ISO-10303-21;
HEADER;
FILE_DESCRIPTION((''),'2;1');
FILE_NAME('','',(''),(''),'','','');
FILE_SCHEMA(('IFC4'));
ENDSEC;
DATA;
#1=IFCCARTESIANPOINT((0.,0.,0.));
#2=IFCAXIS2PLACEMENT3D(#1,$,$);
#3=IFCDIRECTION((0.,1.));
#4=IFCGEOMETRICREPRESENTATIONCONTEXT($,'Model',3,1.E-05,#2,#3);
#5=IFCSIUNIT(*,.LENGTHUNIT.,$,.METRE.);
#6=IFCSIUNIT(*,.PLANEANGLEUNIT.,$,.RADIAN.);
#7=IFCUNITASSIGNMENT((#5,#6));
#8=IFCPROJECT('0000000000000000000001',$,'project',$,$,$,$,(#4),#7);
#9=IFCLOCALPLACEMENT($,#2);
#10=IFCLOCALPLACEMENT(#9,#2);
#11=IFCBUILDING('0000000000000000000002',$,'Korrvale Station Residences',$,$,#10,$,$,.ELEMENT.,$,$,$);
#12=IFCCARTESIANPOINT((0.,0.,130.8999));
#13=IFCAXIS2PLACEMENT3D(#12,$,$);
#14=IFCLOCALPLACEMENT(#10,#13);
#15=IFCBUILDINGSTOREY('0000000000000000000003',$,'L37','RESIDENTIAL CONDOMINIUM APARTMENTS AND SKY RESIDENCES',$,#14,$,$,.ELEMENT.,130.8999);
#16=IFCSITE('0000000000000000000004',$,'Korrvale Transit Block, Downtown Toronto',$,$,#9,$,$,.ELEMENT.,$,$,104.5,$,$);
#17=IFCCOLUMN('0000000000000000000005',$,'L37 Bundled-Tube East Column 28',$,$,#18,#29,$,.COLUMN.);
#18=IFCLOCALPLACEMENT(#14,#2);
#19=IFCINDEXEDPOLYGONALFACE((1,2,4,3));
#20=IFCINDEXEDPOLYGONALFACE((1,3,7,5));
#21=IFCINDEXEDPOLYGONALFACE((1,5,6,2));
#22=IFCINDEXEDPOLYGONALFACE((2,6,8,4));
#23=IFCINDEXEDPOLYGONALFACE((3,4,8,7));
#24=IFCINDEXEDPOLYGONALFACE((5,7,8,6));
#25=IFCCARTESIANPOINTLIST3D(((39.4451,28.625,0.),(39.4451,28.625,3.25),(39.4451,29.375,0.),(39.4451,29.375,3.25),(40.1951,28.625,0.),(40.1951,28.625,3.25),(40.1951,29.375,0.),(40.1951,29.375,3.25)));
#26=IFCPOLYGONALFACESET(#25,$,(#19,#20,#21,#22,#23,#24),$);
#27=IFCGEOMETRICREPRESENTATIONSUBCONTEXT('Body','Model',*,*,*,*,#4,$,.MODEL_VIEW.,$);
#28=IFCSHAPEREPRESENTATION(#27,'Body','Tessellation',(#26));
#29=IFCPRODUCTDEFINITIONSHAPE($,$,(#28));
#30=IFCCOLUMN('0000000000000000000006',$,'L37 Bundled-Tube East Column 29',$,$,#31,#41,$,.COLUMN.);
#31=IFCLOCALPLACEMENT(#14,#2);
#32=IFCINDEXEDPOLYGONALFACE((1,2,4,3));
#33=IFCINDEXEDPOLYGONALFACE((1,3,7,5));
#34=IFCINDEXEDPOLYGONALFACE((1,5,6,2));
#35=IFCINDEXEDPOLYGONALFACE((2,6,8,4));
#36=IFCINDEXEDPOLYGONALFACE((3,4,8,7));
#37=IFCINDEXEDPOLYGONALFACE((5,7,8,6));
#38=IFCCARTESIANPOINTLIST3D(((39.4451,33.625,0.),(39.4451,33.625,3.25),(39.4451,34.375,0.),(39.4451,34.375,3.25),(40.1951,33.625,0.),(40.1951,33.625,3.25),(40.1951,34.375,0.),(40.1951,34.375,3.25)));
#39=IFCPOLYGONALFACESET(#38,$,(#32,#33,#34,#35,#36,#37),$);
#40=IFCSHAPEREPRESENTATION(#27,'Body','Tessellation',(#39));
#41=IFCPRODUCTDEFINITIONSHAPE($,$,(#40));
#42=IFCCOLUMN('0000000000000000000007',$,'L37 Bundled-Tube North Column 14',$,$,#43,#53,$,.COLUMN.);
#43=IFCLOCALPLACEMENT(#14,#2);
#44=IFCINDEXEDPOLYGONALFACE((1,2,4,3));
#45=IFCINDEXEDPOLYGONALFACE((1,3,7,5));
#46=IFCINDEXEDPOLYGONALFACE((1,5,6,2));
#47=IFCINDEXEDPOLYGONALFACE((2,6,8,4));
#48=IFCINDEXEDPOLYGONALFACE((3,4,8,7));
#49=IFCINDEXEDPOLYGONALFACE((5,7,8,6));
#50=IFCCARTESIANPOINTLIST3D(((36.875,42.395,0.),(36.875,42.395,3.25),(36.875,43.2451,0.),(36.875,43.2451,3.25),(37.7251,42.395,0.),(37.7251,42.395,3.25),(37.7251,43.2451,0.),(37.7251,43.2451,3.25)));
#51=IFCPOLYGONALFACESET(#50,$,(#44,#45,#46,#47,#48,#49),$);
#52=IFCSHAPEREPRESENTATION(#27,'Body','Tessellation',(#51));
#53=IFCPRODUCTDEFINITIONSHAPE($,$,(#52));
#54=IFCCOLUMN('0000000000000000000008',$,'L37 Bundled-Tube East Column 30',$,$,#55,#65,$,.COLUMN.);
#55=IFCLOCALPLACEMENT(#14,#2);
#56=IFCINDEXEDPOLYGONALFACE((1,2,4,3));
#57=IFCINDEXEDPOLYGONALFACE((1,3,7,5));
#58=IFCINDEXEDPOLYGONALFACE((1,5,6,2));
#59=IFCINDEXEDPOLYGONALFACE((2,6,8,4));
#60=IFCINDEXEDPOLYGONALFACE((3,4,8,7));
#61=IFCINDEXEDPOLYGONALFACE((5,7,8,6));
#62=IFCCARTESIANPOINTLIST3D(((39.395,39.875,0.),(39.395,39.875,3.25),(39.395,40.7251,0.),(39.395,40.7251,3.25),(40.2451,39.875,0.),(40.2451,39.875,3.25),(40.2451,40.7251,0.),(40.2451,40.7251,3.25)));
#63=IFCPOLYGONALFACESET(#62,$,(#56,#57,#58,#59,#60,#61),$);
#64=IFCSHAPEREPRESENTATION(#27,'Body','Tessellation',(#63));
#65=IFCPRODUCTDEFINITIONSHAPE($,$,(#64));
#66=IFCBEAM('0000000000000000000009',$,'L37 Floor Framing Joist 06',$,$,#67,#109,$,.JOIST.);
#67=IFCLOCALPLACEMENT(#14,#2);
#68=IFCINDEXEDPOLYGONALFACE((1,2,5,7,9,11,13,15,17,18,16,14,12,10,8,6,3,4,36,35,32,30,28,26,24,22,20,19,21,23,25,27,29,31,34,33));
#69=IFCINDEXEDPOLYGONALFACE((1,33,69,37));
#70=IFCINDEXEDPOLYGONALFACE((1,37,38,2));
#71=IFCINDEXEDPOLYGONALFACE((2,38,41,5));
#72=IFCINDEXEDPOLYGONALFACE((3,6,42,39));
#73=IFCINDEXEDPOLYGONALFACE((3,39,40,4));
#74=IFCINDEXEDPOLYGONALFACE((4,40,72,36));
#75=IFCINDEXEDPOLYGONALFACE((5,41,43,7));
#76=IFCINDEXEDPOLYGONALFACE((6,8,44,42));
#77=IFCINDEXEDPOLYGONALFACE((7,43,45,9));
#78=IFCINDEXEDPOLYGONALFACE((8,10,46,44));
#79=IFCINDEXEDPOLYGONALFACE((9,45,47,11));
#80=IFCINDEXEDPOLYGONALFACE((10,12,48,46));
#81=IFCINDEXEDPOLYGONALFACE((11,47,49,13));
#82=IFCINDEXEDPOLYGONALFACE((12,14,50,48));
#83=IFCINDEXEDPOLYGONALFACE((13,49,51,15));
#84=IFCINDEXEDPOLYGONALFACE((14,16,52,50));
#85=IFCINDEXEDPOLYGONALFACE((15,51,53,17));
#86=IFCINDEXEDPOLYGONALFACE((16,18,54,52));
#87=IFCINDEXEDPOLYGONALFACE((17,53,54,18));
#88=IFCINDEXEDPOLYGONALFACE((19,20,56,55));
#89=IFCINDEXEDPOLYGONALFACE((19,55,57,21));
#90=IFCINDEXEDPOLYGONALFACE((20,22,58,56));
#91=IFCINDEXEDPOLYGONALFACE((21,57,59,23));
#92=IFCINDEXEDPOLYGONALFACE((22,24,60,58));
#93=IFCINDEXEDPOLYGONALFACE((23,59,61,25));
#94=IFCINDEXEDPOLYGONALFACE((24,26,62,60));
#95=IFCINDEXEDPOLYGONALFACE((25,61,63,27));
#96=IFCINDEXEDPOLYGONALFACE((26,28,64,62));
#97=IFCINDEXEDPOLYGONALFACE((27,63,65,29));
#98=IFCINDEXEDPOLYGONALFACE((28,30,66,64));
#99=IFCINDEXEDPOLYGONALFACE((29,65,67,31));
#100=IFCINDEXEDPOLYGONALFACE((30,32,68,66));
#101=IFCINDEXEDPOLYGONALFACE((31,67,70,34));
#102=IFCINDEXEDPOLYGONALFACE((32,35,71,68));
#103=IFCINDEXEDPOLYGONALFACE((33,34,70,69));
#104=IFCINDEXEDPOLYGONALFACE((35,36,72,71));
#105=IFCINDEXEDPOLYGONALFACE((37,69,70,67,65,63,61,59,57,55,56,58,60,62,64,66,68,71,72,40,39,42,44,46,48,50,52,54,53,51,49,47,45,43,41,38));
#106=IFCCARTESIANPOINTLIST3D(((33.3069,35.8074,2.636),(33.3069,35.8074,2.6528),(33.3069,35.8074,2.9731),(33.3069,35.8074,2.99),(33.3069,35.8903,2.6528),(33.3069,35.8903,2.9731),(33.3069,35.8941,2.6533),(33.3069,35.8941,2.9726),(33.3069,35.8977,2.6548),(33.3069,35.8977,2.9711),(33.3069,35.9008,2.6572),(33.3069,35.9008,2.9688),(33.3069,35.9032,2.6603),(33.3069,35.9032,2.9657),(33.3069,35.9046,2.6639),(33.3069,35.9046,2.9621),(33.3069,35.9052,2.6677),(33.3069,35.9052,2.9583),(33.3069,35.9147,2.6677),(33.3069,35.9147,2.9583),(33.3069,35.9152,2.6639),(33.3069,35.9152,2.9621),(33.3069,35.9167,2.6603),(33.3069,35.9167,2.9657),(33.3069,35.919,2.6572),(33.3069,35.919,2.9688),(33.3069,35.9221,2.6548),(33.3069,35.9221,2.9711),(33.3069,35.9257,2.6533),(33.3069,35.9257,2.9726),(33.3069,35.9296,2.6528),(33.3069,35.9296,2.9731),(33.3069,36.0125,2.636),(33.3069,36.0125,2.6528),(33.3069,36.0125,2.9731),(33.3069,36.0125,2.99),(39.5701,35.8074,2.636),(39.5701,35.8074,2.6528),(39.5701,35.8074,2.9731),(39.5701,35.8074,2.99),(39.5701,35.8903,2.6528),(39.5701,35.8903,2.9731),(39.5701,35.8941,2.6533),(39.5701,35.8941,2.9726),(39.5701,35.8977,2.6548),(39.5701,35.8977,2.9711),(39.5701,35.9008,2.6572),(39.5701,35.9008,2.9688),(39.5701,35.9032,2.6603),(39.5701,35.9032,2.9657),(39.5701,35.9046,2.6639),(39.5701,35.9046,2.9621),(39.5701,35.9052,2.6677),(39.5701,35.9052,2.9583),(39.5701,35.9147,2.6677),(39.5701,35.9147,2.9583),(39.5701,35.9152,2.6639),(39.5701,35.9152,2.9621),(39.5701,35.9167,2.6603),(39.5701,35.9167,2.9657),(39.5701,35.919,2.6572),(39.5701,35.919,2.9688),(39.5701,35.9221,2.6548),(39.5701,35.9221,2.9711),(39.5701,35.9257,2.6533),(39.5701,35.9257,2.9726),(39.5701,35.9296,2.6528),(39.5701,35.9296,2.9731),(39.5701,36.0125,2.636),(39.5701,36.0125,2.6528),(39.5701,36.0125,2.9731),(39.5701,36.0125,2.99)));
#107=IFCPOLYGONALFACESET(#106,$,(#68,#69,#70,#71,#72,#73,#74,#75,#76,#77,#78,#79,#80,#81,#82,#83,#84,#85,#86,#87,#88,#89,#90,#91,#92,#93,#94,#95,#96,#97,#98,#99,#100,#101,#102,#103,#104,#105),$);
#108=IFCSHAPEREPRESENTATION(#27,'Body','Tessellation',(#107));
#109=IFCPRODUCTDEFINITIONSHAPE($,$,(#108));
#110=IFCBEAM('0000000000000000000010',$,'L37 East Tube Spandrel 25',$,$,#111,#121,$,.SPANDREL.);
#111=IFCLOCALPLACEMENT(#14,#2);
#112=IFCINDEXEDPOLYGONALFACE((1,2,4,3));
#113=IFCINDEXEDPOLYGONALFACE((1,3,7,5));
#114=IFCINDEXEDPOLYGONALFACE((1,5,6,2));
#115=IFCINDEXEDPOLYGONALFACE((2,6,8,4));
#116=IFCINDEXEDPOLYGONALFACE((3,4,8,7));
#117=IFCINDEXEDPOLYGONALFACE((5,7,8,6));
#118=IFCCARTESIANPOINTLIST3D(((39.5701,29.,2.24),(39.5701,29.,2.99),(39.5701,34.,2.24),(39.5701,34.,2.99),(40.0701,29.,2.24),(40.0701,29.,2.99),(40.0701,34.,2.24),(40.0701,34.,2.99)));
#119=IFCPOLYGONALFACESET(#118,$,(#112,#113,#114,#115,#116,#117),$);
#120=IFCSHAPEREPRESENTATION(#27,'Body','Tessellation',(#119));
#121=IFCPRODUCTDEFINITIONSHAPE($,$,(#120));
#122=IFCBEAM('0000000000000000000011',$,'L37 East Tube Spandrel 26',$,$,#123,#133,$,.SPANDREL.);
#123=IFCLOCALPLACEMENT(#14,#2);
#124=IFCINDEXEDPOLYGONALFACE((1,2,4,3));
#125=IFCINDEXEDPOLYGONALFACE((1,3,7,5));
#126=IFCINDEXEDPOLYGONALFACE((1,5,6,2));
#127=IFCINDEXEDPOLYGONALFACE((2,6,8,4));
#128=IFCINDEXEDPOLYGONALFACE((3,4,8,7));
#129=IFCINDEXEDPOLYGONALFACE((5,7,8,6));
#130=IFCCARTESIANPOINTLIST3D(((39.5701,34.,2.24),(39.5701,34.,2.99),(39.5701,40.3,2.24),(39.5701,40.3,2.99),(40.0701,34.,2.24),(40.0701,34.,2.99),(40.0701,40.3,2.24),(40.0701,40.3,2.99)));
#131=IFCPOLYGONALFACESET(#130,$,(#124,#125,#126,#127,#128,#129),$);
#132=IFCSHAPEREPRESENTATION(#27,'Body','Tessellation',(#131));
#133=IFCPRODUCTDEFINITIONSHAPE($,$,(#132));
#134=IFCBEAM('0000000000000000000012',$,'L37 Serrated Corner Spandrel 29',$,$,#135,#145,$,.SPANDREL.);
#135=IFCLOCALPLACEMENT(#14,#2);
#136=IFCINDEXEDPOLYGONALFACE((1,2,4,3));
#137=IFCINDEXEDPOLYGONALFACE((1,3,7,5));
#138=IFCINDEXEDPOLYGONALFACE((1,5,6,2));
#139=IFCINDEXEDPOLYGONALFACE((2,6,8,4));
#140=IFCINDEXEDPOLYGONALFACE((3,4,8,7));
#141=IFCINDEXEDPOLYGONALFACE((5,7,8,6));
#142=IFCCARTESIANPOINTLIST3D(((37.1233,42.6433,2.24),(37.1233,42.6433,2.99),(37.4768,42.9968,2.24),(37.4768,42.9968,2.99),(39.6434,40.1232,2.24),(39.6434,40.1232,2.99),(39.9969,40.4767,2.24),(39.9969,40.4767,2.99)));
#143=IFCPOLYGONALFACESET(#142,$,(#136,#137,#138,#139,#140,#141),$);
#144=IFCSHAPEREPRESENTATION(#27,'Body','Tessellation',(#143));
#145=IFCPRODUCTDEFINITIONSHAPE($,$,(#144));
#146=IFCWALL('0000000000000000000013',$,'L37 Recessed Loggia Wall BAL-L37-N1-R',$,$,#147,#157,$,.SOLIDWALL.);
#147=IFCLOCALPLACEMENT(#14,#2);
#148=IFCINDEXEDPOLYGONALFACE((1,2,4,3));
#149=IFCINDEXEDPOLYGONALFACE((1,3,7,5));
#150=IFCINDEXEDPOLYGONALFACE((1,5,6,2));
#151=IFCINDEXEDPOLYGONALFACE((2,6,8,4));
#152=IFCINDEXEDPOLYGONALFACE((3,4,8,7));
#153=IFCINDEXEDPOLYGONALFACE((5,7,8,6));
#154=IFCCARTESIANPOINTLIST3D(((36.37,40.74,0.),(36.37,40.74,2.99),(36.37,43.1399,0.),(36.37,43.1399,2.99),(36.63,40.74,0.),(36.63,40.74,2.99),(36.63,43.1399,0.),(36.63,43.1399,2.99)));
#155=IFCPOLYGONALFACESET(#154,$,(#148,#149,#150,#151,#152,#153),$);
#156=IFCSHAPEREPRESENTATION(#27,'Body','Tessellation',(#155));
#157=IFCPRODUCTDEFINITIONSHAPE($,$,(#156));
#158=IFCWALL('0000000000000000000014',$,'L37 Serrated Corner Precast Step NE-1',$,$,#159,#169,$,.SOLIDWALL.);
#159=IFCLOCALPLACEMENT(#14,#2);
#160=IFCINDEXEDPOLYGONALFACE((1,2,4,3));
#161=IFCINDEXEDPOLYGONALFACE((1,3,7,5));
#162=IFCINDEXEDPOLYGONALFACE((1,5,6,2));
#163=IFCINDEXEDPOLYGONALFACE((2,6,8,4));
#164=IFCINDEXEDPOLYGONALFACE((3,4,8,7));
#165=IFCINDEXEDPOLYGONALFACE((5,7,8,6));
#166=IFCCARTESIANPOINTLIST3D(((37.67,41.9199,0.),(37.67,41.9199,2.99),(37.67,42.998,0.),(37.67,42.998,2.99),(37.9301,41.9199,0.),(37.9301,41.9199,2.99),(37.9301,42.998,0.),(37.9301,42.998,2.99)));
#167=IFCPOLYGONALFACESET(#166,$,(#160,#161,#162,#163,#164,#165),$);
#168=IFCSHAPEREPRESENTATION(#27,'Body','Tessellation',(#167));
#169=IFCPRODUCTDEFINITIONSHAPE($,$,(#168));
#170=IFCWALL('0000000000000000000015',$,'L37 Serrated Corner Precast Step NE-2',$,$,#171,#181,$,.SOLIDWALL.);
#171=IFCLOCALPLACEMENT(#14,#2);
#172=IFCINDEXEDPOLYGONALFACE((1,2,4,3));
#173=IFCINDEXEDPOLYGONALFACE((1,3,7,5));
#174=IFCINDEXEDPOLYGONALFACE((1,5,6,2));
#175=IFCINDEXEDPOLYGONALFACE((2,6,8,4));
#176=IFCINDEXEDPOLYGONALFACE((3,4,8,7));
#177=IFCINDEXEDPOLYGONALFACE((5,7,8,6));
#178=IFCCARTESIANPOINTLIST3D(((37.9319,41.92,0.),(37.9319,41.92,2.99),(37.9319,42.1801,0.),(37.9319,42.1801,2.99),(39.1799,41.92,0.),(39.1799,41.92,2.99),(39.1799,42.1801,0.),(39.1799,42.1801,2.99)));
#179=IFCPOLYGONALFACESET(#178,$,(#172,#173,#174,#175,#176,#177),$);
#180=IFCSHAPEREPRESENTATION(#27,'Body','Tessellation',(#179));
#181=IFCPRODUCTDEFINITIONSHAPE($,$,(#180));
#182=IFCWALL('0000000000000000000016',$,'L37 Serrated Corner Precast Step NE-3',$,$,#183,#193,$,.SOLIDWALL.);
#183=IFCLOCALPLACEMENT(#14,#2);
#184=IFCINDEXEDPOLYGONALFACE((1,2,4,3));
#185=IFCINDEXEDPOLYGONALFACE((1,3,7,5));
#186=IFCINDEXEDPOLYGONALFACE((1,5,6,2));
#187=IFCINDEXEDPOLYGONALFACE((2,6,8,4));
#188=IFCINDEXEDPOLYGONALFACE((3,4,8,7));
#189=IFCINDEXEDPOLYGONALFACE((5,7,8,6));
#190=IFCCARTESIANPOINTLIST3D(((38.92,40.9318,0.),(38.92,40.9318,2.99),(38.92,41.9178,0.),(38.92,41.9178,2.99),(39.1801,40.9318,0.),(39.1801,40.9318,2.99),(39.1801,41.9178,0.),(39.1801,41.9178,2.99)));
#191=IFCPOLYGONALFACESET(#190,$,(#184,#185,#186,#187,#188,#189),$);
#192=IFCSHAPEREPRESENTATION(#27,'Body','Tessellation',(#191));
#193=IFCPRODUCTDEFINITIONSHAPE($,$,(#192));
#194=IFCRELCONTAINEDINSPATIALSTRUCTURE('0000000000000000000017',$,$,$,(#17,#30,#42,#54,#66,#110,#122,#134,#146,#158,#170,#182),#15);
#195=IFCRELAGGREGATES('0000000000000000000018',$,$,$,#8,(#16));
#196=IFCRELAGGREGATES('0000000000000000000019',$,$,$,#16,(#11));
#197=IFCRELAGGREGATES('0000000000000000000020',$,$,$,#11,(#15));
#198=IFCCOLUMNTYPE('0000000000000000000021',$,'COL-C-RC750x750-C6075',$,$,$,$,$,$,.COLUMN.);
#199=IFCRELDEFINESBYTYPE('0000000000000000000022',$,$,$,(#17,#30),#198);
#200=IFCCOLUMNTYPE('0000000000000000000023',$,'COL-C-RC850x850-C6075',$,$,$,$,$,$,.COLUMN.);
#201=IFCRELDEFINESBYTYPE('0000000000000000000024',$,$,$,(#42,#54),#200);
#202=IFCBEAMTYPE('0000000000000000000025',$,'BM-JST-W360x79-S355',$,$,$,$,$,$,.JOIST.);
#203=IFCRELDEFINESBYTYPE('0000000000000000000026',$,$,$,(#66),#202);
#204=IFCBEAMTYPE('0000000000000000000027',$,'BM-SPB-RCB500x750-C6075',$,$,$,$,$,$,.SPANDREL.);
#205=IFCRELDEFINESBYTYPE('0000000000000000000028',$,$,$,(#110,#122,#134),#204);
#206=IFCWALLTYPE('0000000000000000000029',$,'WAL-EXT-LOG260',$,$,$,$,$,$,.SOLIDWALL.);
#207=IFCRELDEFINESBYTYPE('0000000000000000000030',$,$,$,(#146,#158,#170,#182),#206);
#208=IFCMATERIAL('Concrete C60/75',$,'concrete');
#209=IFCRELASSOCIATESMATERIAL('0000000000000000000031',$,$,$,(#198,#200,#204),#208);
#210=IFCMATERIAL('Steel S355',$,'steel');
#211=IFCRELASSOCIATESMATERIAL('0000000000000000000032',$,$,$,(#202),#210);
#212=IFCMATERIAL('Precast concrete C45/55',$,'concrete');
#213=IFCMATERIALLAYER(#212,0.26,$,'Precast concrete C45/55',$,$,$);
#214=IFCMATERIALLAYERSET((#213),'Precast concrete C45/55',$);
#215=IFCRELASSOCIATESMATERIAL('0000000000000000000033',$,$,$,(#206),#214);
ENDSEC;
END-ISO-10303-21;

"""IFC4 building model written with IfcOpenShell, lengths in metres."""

from ifc_helpers import new_model, si_unit, direction, frame, frame_2d, origin, origin_2d, place, context, subcontext, project, spatial, rectangle, i_section, extrude, material, layer, layer_set, material_profile, profile_set, type_object, element, save


model = new_model("IFC4")

# Units and contexts
model_context = context("Model", 3, precision=1e-05, world=origin(), true_north=direction((0.0, 1.0)))
body_context = subcontext(model_context, "Body", "Model", "MODEL_VIEW")
ifc_project = project(units=[si_unit("LENGTHUNIT", "METRE"), si_unit("PLANEANGLEUNIT", "RADIAN")], contexts=[model_context])

# Site, building, storey
site_placement = place(None, origin())
site = spatial("IfcSite", under=ifc_project, at=site_placement, Name="Korrvale Transit Block, Downtown Toronto", CompositionType="ELEMENT", RefElevation=104.5)
building_placement = place(site_placement, origin())
building = spatial("IfcBuilding", under=site, at=building_placement, Name="Korrvale Station Residences", CompositionType="ELEMENT")
storey_placement = place(building_placement, frame((0.0, 0.0, 130.8999)))
storey = spatial("IfcBuildingStorey", under=building, at=storey_placement, Name="L37", Description="RESIDENTIAL CONDOMINIUM APARTMENTS AND SKY RESIDENCES", CompositionType="ELEMENT", Elevation=130.8999)

# Columns
ifc_material_1 = material(Name="Concrete C60/75", Category="concrete")
ifc_material_profile_1 = material_profile(ifc_material_1, rectangle(XDim=0.75, YDim=0.75, at=origin_2d()), Name="RC750x750")
ifc_profile_set_1 = profile_set([ifc_material_profile_1], Name="Concrete C60/75")
column_type_1 = type_object("IfcColumnType", Name="COL-C-RC750x750-C6075", PredefinedType="COLUMN", material=ifc_profile_set_1)
for number, where, z_axis, x_axis, name in (
    (1, (39.8201, 29.0, 0.0), (0.0, 0.0, 1.0), (1.0, 0.0, 0.0), "L37 Bundled-Tube East Column 28"),
    (2, (39.8201, 34.0, 0.0), (0.0, 0.0, 1.0), (1.0, 0.0, 0.0), "L37 Bundled-Tube East Column 29"),
):
    element("IfcColumn", number, at=place(storey_placement, frame(where, z_axis=z_axis, x_axis=x_axis)), inside=storey, type_object=column_type_1, Name=name, PredefinedType="COLUMN", context=body_context, shape_type="SweptSolid", body=[
        extrude(rectangle(XDim=0.75, YDim=0.75, at=origin_2d()), origin(), (0.0, 0.0, 1.0), 3.25),
    ])
ifc_material_profile_2 = material_profile(ifc_material_1, rectangle(XDim=0.8501, YDim=0.8501, at=origin_2d()), Name="RC850x850")
ifc_profile_set_2 = profile_set([ifc_material_profile_2], Name="Concrete C60/75")
column_type_2 = type_object("IfcColumnType", Name="COL-C-RC850x850-C6075", PredefinedType="COLUMN", material=ifc_profile_set_2)
for number, where, z_axis, x_axis, name in (
    (3, (37.3, 42.8201, 0.0), (0.0, 0.0, 1.0), (1.0, 0.0, 0.0), "L37 Bundled-Tube North Column 14"),
    (4, (39.8201, 40.3, 0.0), (0.0, 0.0, 1.0), (1.0, 0.0, 0.0), "L37 Bundled-Tube East Column 30"),
):
    element("IfcColumn", number, at=place(storey_placement, frame(where, z_axis=z_axis, x_axis=x_axis)), inside=storey, type_object=column_type_2, Name=name, PredefinedType="COLUMN", context=body_context, shape_type="SweptSolid", body=[
        extrude(rectangle(XDim=0.8501, YDim=0.8501, at=origin_2d()), origin(), (0.0, 0.0, 1.0), 3.25),
    ])

# Beams
ifc_material_2 = material(Name="Steel S355", Category="steel")
ifc_material_profile_3 = material_profile(ifc_material_2, i_section(OverallWidth=0.2051, OverallDepth=0.354, WebThickness=0.0095, FlangeThickness=0.0168, FilletRadius=0.0149, at=origin_2d()), Name="W360x79")
ifc_profile_set_3 = profile_set([ifc_material_profile_3], Name="Steel S355")
beam_type_1 = type_object("IfcBeamType", Name="BM-JST-W360x79-S355", PredefinedType="JOIST", material=ifc_profile_set_3)
beam_1_placement = place(storey_placement, frame((33.3069, 35.9099, 2.813), z_axis=(1.0, 0.0, 0.0), x_axis=(0.0, 1.0, 0.0)))
element("IfcBeam", 5, at=beam_1_placement, inside=storey, type_object=beam_type_1, Name="L37 Floor Framing Joist 06", PredefinedType="JOIST", context=body_context, shape_type="SweptSolid", body=[
    extrude(i_section(OverallWidth=0.2051, OverallDepth=0.354, WebThickness=0.0095, FlangeThickness=0.0168, FilletRadius=0.0149, at=origin_2d()), origin(), (0.0, 0.0, 1.0), 6.2632),
])
ifc_material_profile_4 = material_profile(ifc_material_1, rectangle(XDim=0.5, YDim=0.75, at=origin_2d()), Name="RCB500x750")
ifc_profile_set_4 = profile_set([ifc_material_profile_4], Name="Concrete C60/75")
beam_type_2 = type_object("IfcBeamType", Name="BM-SPB-RCB500x750-C6075", PredefinedType="SPANDREL", material=ifc_profile_set_4)
beam_2_placement = place(storey_placement, frame((39.8201, 29.0, 2.615), z_axis=(0.0, 1.0, 0.0), x_axis=(-1.0, 0.0, 0.0)))
element("IfcBeam", 6, at=beam_2_placement, inside=storey, type_object=beam_type_2, Name="L37 East Tube Spandrel 25", PredefinedType="SPANDREL", context=body_context, shape_type="SweptSolid", body=[
    extrude(rectangle(XDim=0.5, YDim=0.75, at=origin_2d()), origin(), (0.0, 0.0, 1.0), 5.0),
])
beam_3_placement = place(storey_placement, frame((39.8201, 34.0, 2.615), z_axis=(0.0, 1.0, 0.0), x_axis=(-1.0, 0.0, 0.0)))
element("IfcBeam", 7, at=beam_3_placement, inside=storey, type_object=beam_type_2, Name="L37 East Tube Spandrel 26", PredefinedType="SPANDREL", context=body_context, shape_type="SweptSolid", body=[
    extrude(rectangle(XDim=0.5, YDim=0.75, at=origin_2d()), origin(), (0.0, 0.0, 1.0), 6.3),
])
beam_4_placement = place(storey_placement, frame((37.3, 42.8201, 2.615), z_axis=(0.707107, -0.707107, 0.0), x_axis=(0.707107, 0.707107, 0.0)))
element("IfcBeam", 8, at=beam_4_placement, inside=storey, type_object=beam_type_2, Name="L37 Serrated Corner Spandrel 29", PredefinedType="SPANDREL", context=body_context, shape_type="SweptSolid", body=[
    extrude(rectangle(XDim=0.5, YDim=0.75, at=origin_2d()), origin(), (0.0, 0.0, 1.0), 3.564),
])

# Walls
ifc_material_3 = material(Name="Precast concrete C45/55", Category="concrete")
ifc_layer_1 = layer(ifc_material_3, 0.26, Name="Precast concrete C45/55")
ifc_layer_set_1 = layer_set([ifc_layer_1], Name="Precast concrete C45/55")
wall_type_1 = type_object("IfcWallType", Name="WAL-EXT-LOG260", PredefinedType="SOLIDWALL", material=ifc_layer_set_1)
wall_1_placement = place(storey_placement, frame((36.5, 40.74, 0.0), z_axis=(0.0, 0.0, 1.0), x_axis=(0.0, 1.0, 0.0)))
element("IfcWall", 9, at=wall_1_placement, inside=storey, type_object=wall_type_1, Name="L37 Recessed Loggia Wall BAL-L37-N1-R", PredefinedType="SOLIDWALL", context=body_context, shape_type="SweptSolid", body=[
    extrude(rectangle(XDim=2.3999, YDim=0.26, at=frame_2d((1.2, 0.0))), origin(), (0.0, 0.0, 1.0), 2.99),
])
wall_2_placement = place(storey_placement, frame((37.8, 42.998, 0.0), z_axis=(0.0, 0.0, 1.0), x_axis=(0.0, -1.0, 0.0)))
element("IfcWall", 10, at=wall_2_placement, inside=storey, type_object=wall_type_1, Name="L37 Serrated Corner Precast Step NE-1", PredefinedType="SOLIDWALL", context=body_context, shape_type="SweptSolid", body=[
    extrude(rectangle(XDim=1.0781, YDim=0.26, at=frame_2d((0.5391, 0.0))), origin(), (0.0, 0.0, 1.0), 2.99),
])
wall_3_placement = place(storey_placement, frame((37.9319, 42.05, 0.0), z_axis=(0.0, 0.0, 1.0), x_axis=(1.0, 0.0, 0.0)))
element("IfcWall", 11, at=wall_3_placement, inside=storey, type_object=wall_type_1, Name="L37 Serrated Corner Precast Step NE-2", PredefinedType="SOLIDWALL", context=body_context, shape_type="SweptSolid", body=[
    extrude(rectangle(XDim=1.248, YDim=0.26, at=frame_2d((0.624, 0.0))), origin(), (0.0, 0.0, 1.0), 2.99),
])
wall_4_placement = place(storey_placement, frame((39.05, 41.918, 0.0), z_axis=(0.0, 0.0, 1.0), x_axis=(0.0, -1.0, 0.0)))
element("IfcWall", 12, at=wall_4_placement, inside=storey, type_object=wall_type_1, Name="L37 Serrated Corner Precast Step NE-3", PredefinedType="SOLIDWALL", context=body_context, shape_type="SweptSolid", body=[
    extrude(rectangle(XDim=0.9861, YDim=0.26, at=frame_2d((0.4932, 0.0))), origin(), (0.0, 0.0, 1.0), 2.99),
])

save(model, "model.ifc")
